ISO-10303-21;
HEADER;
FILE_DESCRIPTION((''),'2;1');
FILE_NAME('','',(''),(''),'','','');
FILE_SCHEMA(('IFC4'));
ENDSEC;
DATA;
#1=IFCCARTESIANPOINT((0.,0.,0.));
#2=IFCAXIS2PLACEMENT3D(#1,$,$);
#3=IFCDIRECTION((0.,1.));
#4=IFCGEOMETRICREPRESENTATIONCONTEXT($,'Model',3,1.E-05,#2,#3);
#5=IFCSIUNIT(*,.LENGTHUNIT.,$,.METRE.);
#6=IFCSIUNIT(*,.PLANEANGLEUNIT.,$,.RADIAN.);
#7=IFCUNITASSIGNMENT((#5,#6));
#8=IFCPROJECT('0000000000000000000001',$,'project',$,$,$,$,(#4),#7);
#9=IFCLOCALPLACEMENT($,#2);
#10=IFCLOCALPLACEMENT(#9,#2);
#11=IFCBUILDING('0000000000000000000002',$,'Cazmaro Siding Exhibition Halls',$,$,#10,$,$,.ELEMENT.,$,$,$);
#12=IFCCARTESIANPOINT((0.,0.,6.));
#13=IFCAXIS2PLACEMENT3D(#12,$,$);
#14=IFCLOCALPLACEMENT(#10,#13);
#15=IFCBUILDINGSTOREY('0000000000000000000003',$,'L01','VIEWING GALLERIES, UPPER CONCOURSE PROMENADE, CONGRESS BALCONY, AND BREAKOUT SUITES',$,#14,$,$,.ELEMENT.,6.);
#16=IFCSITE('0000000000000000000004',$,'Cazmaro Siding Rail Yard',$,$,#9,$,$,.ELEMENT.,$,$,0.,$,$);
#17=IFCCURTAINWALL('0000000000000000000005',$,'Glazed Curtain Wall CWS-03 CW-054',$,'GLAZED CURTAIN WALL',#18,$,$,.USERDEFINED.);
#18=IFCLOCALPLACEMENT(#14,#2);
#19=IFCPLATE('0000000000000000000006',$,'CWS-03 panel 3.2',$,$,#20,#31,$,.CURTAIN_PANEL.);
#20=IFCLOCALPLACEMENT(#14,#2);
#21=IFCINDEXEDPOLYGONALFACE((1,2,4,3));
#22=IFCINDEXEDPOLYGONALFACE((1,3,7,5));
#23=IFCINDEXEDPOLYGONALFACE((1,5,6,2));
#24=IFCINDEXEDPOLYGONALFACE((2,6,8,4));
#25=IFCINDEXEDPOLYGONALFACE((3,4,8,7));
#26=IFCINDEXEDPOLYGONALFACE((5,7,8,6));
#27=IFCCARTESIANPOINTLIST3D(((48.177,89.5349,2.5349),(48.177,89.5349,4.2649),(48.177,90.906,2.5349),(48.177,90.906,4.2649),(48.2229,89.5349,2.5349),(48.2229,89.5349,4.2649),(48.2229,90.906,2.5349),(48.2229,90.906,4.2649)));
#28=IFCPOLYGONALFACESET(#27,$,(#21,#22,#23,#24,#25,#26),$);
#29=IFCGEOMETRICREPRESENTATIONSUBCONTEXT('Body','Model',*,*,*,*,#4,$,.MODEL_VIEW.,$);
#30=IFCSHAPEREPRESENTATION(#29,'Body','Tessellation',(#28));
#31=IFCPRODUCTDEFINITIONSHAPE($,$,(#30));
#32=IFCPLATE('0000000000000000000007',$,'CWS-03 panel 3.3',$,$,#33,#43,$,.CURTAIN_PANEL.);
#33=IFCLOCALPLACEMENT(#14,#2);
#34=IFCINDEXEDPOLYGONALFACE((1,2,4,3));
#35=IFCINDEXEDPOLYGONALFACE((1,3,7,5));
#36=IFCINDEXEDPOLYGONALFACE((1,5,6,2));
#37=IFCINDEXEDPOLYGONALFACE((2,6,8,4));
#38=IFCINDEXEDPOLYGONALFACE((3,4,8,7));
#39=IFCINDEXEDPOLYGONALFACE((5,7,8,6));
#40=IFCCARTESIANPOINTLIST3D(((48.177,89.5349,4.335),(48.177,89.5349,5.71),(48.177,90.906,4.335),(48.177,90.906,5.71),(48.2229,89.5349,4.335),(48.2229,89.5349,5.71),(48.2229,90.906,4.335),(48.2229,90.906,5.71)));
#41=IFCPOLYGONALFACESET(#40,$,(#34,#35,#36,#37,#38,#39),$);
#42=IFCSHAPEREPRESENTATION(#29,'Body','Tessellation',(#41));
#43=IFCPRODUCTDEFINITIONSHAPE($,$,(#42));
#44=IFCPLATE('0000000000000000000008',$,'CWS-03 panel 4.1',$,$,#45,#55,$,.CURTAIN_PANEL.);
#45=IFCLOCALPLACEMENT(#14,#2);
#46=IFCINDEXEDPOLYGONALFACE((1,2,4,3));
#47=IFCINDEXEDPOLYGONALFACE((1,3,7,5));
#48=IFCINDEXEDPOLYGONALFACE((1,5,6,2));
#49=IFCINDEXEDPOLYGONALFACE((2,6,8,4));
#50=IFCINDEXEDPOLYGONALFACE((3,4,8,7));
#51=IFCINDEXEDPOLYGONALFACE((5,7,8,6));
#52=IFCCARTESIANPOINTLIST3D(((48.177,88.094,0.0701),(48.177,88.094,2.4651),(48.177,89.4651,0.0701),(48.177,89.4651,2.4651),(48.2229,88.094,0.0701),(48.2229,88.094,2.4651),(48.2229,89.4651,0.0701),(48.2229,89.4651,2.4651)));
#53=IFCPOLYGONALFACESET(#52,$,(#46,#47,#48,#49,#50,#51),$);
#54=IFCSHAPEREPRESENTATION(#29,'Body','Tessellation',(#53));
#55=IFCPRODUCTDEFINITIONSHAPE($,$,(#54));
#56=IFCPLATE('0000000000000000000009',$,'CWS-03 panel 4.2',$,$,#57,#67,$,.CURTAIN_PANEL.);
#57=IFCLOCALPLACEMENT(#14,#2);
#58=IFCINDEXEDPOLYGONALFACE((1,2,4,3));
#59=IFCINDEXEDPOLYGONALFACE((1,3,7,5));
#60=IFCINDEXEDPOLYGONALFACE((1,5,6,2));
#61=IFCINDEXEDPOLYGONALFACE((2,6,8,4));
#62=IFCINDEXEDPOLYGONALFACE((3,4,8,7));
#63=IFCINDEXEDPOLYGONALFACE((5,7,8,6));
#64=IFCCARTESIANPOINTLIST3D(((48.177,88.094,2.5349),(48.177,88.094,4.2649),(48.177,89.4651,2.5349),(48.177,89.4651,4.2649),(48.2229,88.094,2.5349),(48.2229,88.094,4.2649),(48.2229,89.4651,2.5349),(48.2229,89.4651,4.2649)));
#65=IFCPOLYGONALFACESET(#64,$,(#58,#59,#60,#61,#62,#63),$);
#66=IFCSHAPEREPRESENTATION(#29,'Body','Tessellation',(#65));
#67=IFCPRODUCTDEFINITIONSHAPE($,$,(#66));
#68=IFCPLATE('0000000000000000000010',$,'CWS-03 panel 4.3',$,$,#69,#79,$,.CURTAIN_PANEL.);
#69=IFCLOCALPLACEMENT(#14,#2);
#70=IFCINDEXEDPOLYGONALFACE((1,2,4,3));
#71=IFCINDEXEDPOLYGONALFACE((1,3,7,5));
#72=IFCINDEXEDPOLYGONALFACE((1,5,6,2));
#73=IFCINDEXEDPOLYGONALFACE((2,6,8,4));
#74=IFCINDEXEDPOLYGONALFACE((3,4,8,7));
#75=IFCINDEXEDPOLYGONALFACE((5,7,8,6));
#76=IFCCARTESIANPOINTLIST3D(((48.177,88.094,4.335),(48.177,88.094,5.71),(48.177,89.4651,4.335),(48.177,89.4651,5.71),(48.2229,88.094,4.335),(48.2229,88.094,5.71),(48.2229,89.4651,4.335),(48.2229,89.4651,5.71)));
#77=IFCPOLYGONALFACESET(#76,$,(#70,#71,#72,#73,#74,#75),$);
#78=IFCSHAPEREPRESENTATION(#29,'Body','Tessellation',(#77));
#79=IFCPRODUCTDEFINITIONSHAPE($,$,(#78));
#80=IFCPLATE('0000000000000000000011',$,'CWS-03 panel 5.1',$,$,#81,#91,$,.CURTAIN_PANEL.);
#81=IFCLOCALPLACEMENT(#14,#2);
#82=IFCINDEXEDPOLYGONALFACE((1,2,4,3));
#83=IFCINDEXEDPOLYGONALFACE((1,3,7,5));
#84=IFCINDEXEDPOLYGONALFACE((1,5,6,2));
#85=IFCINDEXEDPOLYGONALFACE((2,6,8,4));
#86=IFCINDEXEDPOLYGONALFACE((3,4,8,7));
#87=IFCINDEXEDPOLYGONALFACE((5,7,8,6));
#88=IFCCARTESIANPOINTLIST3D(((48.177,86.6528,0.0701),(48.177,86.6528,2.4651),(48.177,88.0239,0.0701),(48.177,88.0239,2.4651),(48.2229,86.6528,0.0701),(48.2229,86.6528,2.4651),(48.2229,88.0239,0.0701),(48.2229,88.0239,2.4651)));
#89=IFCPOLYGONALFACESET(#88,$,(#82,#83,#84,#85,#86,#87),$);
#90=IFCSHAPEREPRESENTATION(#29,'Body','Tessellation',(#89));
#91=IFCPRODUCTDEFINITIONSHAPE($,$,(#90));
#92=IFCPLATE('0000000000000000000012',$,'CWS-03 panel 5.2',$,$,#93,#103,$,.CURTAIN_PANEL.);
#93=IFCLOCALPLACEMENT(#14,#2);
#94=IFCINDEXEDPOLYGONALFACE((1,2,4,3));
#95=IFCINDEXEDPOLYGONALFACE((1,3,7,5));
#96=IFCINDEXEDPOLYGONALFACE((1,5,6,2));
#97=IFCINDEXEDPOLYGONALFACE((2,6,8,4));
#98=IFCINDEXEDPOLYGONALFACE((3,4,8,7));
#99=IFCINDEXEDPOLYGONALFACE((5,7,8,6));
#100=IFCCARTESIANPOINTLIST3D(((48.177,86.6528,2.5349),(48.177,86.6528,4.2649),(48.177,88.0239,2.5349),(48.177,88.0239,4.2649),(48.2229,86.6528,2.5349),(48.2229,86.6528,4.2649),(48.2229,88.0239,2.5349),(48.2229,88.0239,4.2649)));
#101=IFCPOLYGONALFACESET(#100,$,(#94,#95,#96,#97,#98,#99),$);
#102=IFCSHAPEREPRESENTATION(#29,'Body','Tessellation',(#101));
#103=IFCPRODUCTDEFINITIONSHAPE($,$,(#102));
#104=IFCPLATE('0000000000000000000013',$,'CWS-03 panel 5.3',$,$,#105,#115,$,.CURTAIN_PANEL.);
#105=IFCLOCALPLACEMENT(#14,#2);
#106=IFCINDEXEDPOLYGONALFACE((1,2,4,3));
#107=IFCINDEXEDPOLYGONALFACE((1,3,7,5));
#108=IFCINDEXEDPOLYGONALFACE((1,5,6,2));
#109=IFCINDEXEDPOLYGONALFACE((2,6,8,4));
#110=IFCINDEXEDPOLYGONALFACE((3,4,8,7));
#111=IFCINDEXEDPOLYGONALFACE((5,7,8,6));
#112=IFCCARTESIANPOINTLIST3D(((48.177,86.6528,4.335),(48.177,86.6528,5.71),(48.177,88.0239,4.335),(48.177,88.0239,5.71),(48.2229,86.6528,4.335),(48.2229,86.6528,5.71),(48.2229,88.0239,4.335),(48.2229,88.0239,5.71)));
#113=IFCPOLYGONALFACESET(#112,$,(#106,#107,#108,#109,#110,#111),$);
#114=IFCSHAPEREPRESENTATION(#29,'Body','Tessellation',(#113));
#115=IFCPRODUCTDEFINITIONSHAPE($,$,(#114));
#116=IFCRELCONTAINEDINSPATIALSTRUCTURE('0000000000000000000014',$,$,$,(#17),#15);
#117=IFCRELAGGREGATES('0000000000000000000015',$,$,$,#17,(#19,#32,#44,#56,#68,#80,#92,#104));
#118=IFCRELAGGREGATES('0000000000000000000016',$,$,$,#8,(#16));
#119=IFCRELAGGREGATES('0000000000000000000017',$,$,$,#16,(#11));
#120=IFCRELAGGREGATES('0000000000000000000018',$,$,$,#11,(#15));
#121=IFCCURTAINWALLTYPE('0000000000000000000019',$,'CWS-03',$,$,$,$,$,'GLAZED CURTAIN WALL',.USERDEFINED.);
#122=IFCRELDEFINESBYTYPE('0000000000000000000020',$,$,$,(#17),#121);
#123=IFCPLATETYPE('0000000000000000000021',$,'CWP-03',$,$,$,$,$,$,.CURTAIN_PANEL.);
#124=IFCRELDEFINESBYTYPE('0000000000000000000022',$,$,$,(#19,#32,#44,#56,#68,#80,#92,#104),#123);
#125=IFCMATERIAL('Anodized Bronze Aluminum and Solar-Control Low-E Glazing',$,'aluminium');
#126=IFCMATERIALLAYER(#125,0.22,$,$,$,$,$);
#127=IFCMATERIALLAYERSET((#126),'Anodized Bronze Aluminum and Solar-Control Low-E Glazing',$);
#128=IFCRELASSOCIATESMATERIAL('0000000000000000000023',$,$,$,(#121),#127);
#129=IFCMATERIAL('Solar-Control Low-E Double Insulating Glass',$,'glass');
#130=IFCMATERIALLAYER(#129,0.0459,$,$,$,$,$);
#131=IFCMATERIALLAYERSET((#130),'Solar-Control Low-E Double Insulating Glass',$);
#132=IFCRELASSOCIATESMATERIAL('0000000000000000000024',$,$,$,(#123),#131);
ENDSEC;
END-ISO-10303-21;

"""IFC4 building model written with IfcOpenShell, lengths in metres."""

from ifc_helpers import new_model, si_unit, direction, frame, origin, origin_2d, place, context, subcontext, project, spatial, rectangle, extrude, material, layer, layer_set, type_object, element, aggregate, save


model = new_model("IFC4")

# Units and contexts
model_context = context("Model", 3, precision=1e-05, world=origin(), true_north=direction((0.0, 1.0)))
body_context = subcontext(model_context, "Body", "Model", "MODEL_VIEW")
ifc_project = project(units=[si_unit("LENGTHUNIT", "METRE"), si_unit("PLANEANGLEUNIT", "RADIAN")], contexts=[model_context])

# Site, building, storey
site_placement = place(None, origin())
site = spatial("IfcSite", under=ifc_project, at=site_placement, Name="Cazmaro Siding Rail Yard", CompositionType="ELEMENT", RefElevation=0.0)
building_placement = place(site_placement, origin())
building = spatial("IfcBuilding", under=site, at=building_placement, Name="Cazmaro Siding Exhibition Halls", CompositionType="ELEMENT")
storey_placement = place(building_placement, frame((0.0, 0.0, 6.0)))
storey = spatial("IfcBuildingStorey", under=building, at=storey_placement, Name="L01", Description="VIEWING GALLERIES, UPPER CONCOURSE PROMENADE, CONGRESS BALCONY, AND BREAKOUT SUITES", CompositionType="ELEMENT", Elevation=6.0)

# Curtain wall, plates
ifc_material_1 = material(Name="Anodized Bronze Aluminum and Solar-Control Low-E Glazing", Category="aluminium")
ifc_layer_1 = layer(ifc_material_1, 0.22)
ifc_layer_set_1 = layer_set([ifc_layer_1], Name="Anodized Bronze Aluminum and Solar-Control Low-E Glazing")
curtain_wall_type = type_object("IfcCurtainWallType", Name="CWS-03", ElementType="GLAZED CURTAIN WALL", PredefinedType="USERDEFINED", material=ifc_layer_set_1)
curtain_wall_placement = place(storey_placement, origin())
curtain_wall = element("IfcCurtainWall", 1, at=curtain_wall_placement, inside=storey, type_object=curtain_wall_type, Name="Glazed Curtain Wall CWS-03 CW-054", ObjectType="GLAZED CURTAIN WALL", PredefinedType="USERDEFINED")
ifc_material_2 = material(Name="Solar-Control Low-E Double Insulating Glass", Category="glass")
ifc_layer_2 = layer(ifc_material_2, 0.0459)
ifc_layer_set_2 = layer_set([ifc_layer_2], Name="Solar-Control Low-E Double Insulating Glass")
plate_type = type_object("IfcPlateType", Name="CWP-03", PredefinedType="CURTAIN_PANEL", material=ifc_layer_set_2)
plate_1_placement = place(storey_placement, frame((48.2, 90.2205, 2.5349), z_axis=(0.0, 0.0, 1.0), x_axis=(0.0, -1.0, 0.0)))
plate_1 = element("IfcPlate", 2, at=plate_1_placement, type_object=plate_type, Name="CWS-03 panel 3.2", PredefinedType="CURTAIN_PANEL", context=body_context, shape_type="SweptSolid", body=[
    extrude(rectangle(XDim=1.3711, YDim=0.0459, at=origin_2d()), origin(), (0.0, 0.0, 1.0), 1.73),
])
plate_2_placement = place(storey_placement, frame((48.2, 90.2205, 4.335), z_axis=(0.0, 0.0, 1.0), x_axis=(0.0, -1.0, 0.0)))
plate_2 = element("IfcPlate", 3, at=plate_2_placement, type_object=plate_type, Name="CWS-03 panel 3.3", PredefinedType="CURTAIN_PANEL", context=body_context, shape_type="SweptSolid", body=[
    extrude(rectangle(XDim=1.3711, YDim=0.0459, at=origin_2d()), origin(), (0.0, 0.0, 1.0), 1.375),
])
plate_3_placement = place(storey_placement, frame((48.2, 88.7795, 0.0701), z_axis=(0.0, 0.0, 1.0), x_axis=(0.0, -1.0, 0.0)))
plate_3 = element("IfcPlate", 4, at=plate_3_placement, type_object=plate_type, Name="CWS-03 panel 4.1", PredefinedType="CURTAIN_PANEL", context=body_context, shape_type="SweptSolid", body=[
    extrude(rectangle(XDim=1.3711, YDim=0.0459, at=origin_2d()), origin(), (0.0, 0.0, 1.0), 2.395),
])
plate_4_placement = place(storey_placement, frame((48.2, 88.7795, 2.5349), z_axis=(0.0, 0.0, 1.0), x_axis=(0.0, -1.0, 0.0)))
plate_4 = element("IfcPlate", 5, at=plate_4_placement, type_object=plate_type, Name="CWS-03 panel 4.2", PredefinedType="CURTAIN_PANEL", context=body_context, shape_type="SweptSolid", body=[
    extrude(rectangle(XDim=1.3711, YDim=0.0459, at=origin_2d()), origin(), (0.0, 0.0, 1.0), 1.73),
])
plate_5_placement = place(storey_placement, frame((48.2, 88.7795, 4.335), z_axis=(0.0, 0.0, 1.0), x_axis=(0.0, -1.0, 0.0)))
plate_5 = element("IfcPlate", 6, at=plate_5_placement, type_object=plate_type, Name="CWS-03 panel 4.3", PredefinedType="CURTAIN_PANEL", context=body_context, shape_type="SweptSolid", body=[
    extrude(rectangle(XDim=1.3711, YDim=0.0459, at=origin_2d()), origin(), (0.0, 0.0, 1.0), 1.375),
])
plate_6_placement = place(storey_placement, frame((48.2, 87.3384, 0.0701), z_axis=(0.0, 0.0, 1.0), x_axis=(0.0, -1.0, 0.0)))
plate_6 = element("IfcPlate", 7, at=plate_6_placement, type_object=plate_type, Name="CWS-03 panel 5.1", PredefinedType="CURTAIN_PANEL", context=body_context, shape_type="SweptSolid", body=[
    extrude(rectangle(XDim=1.3711, YDim=0.0459, at=origin_2d()), origin(), (0.0, 0.0, 1.0), 2.395),
])
plate_7_placement = place(storey_placement, frame((48.2, 87.3384, 2.5349), z_axis=(0.0, 0.0, 1.0), x_axis=(0.0, -1.0, 0.0)))
plate_7 = element("IfcPlate", 8, at=plate_7_placement, type_object=plate_type, Name="CWS-03 panel 5.2", PredefinedType="CURTAIN_PANEL", context=body_context, shape_type="SweptSolid", body=[
    extrude(rectangle(XDim=1.3711, YDim=0.0459, at=origin_2d()), origin(), (0.0, 0.0, 1.0), 1.73),
])
plate_8_placement = place(storey_placement, frame((48.2, 87.3384, 4.335), z_axis=(0.0, 0.0, 1.0), x_axis=(0.0, -1.0, 0.0)))
plate_8 = element("IfcPlate", 9, at=plate_8_placement, type_object=plate_type, Name="CWS-03 panel 5.3", PredefinedType="CURTAIN_PANEL", context=body_context, shape_type="SweptSolid", body=[
    extrude(rectangle(XDim=1.3711, YDim=0.0459, at=origin_2d()), origin(), (0.0, 0.0, 1.0), 1.375),
])
aggregate(curtain_wall, [plate_1, plate_2, plate_3, plate_4, plate_5, plate_6, plate_7, plate_8])

save(model, "model.ifc")
